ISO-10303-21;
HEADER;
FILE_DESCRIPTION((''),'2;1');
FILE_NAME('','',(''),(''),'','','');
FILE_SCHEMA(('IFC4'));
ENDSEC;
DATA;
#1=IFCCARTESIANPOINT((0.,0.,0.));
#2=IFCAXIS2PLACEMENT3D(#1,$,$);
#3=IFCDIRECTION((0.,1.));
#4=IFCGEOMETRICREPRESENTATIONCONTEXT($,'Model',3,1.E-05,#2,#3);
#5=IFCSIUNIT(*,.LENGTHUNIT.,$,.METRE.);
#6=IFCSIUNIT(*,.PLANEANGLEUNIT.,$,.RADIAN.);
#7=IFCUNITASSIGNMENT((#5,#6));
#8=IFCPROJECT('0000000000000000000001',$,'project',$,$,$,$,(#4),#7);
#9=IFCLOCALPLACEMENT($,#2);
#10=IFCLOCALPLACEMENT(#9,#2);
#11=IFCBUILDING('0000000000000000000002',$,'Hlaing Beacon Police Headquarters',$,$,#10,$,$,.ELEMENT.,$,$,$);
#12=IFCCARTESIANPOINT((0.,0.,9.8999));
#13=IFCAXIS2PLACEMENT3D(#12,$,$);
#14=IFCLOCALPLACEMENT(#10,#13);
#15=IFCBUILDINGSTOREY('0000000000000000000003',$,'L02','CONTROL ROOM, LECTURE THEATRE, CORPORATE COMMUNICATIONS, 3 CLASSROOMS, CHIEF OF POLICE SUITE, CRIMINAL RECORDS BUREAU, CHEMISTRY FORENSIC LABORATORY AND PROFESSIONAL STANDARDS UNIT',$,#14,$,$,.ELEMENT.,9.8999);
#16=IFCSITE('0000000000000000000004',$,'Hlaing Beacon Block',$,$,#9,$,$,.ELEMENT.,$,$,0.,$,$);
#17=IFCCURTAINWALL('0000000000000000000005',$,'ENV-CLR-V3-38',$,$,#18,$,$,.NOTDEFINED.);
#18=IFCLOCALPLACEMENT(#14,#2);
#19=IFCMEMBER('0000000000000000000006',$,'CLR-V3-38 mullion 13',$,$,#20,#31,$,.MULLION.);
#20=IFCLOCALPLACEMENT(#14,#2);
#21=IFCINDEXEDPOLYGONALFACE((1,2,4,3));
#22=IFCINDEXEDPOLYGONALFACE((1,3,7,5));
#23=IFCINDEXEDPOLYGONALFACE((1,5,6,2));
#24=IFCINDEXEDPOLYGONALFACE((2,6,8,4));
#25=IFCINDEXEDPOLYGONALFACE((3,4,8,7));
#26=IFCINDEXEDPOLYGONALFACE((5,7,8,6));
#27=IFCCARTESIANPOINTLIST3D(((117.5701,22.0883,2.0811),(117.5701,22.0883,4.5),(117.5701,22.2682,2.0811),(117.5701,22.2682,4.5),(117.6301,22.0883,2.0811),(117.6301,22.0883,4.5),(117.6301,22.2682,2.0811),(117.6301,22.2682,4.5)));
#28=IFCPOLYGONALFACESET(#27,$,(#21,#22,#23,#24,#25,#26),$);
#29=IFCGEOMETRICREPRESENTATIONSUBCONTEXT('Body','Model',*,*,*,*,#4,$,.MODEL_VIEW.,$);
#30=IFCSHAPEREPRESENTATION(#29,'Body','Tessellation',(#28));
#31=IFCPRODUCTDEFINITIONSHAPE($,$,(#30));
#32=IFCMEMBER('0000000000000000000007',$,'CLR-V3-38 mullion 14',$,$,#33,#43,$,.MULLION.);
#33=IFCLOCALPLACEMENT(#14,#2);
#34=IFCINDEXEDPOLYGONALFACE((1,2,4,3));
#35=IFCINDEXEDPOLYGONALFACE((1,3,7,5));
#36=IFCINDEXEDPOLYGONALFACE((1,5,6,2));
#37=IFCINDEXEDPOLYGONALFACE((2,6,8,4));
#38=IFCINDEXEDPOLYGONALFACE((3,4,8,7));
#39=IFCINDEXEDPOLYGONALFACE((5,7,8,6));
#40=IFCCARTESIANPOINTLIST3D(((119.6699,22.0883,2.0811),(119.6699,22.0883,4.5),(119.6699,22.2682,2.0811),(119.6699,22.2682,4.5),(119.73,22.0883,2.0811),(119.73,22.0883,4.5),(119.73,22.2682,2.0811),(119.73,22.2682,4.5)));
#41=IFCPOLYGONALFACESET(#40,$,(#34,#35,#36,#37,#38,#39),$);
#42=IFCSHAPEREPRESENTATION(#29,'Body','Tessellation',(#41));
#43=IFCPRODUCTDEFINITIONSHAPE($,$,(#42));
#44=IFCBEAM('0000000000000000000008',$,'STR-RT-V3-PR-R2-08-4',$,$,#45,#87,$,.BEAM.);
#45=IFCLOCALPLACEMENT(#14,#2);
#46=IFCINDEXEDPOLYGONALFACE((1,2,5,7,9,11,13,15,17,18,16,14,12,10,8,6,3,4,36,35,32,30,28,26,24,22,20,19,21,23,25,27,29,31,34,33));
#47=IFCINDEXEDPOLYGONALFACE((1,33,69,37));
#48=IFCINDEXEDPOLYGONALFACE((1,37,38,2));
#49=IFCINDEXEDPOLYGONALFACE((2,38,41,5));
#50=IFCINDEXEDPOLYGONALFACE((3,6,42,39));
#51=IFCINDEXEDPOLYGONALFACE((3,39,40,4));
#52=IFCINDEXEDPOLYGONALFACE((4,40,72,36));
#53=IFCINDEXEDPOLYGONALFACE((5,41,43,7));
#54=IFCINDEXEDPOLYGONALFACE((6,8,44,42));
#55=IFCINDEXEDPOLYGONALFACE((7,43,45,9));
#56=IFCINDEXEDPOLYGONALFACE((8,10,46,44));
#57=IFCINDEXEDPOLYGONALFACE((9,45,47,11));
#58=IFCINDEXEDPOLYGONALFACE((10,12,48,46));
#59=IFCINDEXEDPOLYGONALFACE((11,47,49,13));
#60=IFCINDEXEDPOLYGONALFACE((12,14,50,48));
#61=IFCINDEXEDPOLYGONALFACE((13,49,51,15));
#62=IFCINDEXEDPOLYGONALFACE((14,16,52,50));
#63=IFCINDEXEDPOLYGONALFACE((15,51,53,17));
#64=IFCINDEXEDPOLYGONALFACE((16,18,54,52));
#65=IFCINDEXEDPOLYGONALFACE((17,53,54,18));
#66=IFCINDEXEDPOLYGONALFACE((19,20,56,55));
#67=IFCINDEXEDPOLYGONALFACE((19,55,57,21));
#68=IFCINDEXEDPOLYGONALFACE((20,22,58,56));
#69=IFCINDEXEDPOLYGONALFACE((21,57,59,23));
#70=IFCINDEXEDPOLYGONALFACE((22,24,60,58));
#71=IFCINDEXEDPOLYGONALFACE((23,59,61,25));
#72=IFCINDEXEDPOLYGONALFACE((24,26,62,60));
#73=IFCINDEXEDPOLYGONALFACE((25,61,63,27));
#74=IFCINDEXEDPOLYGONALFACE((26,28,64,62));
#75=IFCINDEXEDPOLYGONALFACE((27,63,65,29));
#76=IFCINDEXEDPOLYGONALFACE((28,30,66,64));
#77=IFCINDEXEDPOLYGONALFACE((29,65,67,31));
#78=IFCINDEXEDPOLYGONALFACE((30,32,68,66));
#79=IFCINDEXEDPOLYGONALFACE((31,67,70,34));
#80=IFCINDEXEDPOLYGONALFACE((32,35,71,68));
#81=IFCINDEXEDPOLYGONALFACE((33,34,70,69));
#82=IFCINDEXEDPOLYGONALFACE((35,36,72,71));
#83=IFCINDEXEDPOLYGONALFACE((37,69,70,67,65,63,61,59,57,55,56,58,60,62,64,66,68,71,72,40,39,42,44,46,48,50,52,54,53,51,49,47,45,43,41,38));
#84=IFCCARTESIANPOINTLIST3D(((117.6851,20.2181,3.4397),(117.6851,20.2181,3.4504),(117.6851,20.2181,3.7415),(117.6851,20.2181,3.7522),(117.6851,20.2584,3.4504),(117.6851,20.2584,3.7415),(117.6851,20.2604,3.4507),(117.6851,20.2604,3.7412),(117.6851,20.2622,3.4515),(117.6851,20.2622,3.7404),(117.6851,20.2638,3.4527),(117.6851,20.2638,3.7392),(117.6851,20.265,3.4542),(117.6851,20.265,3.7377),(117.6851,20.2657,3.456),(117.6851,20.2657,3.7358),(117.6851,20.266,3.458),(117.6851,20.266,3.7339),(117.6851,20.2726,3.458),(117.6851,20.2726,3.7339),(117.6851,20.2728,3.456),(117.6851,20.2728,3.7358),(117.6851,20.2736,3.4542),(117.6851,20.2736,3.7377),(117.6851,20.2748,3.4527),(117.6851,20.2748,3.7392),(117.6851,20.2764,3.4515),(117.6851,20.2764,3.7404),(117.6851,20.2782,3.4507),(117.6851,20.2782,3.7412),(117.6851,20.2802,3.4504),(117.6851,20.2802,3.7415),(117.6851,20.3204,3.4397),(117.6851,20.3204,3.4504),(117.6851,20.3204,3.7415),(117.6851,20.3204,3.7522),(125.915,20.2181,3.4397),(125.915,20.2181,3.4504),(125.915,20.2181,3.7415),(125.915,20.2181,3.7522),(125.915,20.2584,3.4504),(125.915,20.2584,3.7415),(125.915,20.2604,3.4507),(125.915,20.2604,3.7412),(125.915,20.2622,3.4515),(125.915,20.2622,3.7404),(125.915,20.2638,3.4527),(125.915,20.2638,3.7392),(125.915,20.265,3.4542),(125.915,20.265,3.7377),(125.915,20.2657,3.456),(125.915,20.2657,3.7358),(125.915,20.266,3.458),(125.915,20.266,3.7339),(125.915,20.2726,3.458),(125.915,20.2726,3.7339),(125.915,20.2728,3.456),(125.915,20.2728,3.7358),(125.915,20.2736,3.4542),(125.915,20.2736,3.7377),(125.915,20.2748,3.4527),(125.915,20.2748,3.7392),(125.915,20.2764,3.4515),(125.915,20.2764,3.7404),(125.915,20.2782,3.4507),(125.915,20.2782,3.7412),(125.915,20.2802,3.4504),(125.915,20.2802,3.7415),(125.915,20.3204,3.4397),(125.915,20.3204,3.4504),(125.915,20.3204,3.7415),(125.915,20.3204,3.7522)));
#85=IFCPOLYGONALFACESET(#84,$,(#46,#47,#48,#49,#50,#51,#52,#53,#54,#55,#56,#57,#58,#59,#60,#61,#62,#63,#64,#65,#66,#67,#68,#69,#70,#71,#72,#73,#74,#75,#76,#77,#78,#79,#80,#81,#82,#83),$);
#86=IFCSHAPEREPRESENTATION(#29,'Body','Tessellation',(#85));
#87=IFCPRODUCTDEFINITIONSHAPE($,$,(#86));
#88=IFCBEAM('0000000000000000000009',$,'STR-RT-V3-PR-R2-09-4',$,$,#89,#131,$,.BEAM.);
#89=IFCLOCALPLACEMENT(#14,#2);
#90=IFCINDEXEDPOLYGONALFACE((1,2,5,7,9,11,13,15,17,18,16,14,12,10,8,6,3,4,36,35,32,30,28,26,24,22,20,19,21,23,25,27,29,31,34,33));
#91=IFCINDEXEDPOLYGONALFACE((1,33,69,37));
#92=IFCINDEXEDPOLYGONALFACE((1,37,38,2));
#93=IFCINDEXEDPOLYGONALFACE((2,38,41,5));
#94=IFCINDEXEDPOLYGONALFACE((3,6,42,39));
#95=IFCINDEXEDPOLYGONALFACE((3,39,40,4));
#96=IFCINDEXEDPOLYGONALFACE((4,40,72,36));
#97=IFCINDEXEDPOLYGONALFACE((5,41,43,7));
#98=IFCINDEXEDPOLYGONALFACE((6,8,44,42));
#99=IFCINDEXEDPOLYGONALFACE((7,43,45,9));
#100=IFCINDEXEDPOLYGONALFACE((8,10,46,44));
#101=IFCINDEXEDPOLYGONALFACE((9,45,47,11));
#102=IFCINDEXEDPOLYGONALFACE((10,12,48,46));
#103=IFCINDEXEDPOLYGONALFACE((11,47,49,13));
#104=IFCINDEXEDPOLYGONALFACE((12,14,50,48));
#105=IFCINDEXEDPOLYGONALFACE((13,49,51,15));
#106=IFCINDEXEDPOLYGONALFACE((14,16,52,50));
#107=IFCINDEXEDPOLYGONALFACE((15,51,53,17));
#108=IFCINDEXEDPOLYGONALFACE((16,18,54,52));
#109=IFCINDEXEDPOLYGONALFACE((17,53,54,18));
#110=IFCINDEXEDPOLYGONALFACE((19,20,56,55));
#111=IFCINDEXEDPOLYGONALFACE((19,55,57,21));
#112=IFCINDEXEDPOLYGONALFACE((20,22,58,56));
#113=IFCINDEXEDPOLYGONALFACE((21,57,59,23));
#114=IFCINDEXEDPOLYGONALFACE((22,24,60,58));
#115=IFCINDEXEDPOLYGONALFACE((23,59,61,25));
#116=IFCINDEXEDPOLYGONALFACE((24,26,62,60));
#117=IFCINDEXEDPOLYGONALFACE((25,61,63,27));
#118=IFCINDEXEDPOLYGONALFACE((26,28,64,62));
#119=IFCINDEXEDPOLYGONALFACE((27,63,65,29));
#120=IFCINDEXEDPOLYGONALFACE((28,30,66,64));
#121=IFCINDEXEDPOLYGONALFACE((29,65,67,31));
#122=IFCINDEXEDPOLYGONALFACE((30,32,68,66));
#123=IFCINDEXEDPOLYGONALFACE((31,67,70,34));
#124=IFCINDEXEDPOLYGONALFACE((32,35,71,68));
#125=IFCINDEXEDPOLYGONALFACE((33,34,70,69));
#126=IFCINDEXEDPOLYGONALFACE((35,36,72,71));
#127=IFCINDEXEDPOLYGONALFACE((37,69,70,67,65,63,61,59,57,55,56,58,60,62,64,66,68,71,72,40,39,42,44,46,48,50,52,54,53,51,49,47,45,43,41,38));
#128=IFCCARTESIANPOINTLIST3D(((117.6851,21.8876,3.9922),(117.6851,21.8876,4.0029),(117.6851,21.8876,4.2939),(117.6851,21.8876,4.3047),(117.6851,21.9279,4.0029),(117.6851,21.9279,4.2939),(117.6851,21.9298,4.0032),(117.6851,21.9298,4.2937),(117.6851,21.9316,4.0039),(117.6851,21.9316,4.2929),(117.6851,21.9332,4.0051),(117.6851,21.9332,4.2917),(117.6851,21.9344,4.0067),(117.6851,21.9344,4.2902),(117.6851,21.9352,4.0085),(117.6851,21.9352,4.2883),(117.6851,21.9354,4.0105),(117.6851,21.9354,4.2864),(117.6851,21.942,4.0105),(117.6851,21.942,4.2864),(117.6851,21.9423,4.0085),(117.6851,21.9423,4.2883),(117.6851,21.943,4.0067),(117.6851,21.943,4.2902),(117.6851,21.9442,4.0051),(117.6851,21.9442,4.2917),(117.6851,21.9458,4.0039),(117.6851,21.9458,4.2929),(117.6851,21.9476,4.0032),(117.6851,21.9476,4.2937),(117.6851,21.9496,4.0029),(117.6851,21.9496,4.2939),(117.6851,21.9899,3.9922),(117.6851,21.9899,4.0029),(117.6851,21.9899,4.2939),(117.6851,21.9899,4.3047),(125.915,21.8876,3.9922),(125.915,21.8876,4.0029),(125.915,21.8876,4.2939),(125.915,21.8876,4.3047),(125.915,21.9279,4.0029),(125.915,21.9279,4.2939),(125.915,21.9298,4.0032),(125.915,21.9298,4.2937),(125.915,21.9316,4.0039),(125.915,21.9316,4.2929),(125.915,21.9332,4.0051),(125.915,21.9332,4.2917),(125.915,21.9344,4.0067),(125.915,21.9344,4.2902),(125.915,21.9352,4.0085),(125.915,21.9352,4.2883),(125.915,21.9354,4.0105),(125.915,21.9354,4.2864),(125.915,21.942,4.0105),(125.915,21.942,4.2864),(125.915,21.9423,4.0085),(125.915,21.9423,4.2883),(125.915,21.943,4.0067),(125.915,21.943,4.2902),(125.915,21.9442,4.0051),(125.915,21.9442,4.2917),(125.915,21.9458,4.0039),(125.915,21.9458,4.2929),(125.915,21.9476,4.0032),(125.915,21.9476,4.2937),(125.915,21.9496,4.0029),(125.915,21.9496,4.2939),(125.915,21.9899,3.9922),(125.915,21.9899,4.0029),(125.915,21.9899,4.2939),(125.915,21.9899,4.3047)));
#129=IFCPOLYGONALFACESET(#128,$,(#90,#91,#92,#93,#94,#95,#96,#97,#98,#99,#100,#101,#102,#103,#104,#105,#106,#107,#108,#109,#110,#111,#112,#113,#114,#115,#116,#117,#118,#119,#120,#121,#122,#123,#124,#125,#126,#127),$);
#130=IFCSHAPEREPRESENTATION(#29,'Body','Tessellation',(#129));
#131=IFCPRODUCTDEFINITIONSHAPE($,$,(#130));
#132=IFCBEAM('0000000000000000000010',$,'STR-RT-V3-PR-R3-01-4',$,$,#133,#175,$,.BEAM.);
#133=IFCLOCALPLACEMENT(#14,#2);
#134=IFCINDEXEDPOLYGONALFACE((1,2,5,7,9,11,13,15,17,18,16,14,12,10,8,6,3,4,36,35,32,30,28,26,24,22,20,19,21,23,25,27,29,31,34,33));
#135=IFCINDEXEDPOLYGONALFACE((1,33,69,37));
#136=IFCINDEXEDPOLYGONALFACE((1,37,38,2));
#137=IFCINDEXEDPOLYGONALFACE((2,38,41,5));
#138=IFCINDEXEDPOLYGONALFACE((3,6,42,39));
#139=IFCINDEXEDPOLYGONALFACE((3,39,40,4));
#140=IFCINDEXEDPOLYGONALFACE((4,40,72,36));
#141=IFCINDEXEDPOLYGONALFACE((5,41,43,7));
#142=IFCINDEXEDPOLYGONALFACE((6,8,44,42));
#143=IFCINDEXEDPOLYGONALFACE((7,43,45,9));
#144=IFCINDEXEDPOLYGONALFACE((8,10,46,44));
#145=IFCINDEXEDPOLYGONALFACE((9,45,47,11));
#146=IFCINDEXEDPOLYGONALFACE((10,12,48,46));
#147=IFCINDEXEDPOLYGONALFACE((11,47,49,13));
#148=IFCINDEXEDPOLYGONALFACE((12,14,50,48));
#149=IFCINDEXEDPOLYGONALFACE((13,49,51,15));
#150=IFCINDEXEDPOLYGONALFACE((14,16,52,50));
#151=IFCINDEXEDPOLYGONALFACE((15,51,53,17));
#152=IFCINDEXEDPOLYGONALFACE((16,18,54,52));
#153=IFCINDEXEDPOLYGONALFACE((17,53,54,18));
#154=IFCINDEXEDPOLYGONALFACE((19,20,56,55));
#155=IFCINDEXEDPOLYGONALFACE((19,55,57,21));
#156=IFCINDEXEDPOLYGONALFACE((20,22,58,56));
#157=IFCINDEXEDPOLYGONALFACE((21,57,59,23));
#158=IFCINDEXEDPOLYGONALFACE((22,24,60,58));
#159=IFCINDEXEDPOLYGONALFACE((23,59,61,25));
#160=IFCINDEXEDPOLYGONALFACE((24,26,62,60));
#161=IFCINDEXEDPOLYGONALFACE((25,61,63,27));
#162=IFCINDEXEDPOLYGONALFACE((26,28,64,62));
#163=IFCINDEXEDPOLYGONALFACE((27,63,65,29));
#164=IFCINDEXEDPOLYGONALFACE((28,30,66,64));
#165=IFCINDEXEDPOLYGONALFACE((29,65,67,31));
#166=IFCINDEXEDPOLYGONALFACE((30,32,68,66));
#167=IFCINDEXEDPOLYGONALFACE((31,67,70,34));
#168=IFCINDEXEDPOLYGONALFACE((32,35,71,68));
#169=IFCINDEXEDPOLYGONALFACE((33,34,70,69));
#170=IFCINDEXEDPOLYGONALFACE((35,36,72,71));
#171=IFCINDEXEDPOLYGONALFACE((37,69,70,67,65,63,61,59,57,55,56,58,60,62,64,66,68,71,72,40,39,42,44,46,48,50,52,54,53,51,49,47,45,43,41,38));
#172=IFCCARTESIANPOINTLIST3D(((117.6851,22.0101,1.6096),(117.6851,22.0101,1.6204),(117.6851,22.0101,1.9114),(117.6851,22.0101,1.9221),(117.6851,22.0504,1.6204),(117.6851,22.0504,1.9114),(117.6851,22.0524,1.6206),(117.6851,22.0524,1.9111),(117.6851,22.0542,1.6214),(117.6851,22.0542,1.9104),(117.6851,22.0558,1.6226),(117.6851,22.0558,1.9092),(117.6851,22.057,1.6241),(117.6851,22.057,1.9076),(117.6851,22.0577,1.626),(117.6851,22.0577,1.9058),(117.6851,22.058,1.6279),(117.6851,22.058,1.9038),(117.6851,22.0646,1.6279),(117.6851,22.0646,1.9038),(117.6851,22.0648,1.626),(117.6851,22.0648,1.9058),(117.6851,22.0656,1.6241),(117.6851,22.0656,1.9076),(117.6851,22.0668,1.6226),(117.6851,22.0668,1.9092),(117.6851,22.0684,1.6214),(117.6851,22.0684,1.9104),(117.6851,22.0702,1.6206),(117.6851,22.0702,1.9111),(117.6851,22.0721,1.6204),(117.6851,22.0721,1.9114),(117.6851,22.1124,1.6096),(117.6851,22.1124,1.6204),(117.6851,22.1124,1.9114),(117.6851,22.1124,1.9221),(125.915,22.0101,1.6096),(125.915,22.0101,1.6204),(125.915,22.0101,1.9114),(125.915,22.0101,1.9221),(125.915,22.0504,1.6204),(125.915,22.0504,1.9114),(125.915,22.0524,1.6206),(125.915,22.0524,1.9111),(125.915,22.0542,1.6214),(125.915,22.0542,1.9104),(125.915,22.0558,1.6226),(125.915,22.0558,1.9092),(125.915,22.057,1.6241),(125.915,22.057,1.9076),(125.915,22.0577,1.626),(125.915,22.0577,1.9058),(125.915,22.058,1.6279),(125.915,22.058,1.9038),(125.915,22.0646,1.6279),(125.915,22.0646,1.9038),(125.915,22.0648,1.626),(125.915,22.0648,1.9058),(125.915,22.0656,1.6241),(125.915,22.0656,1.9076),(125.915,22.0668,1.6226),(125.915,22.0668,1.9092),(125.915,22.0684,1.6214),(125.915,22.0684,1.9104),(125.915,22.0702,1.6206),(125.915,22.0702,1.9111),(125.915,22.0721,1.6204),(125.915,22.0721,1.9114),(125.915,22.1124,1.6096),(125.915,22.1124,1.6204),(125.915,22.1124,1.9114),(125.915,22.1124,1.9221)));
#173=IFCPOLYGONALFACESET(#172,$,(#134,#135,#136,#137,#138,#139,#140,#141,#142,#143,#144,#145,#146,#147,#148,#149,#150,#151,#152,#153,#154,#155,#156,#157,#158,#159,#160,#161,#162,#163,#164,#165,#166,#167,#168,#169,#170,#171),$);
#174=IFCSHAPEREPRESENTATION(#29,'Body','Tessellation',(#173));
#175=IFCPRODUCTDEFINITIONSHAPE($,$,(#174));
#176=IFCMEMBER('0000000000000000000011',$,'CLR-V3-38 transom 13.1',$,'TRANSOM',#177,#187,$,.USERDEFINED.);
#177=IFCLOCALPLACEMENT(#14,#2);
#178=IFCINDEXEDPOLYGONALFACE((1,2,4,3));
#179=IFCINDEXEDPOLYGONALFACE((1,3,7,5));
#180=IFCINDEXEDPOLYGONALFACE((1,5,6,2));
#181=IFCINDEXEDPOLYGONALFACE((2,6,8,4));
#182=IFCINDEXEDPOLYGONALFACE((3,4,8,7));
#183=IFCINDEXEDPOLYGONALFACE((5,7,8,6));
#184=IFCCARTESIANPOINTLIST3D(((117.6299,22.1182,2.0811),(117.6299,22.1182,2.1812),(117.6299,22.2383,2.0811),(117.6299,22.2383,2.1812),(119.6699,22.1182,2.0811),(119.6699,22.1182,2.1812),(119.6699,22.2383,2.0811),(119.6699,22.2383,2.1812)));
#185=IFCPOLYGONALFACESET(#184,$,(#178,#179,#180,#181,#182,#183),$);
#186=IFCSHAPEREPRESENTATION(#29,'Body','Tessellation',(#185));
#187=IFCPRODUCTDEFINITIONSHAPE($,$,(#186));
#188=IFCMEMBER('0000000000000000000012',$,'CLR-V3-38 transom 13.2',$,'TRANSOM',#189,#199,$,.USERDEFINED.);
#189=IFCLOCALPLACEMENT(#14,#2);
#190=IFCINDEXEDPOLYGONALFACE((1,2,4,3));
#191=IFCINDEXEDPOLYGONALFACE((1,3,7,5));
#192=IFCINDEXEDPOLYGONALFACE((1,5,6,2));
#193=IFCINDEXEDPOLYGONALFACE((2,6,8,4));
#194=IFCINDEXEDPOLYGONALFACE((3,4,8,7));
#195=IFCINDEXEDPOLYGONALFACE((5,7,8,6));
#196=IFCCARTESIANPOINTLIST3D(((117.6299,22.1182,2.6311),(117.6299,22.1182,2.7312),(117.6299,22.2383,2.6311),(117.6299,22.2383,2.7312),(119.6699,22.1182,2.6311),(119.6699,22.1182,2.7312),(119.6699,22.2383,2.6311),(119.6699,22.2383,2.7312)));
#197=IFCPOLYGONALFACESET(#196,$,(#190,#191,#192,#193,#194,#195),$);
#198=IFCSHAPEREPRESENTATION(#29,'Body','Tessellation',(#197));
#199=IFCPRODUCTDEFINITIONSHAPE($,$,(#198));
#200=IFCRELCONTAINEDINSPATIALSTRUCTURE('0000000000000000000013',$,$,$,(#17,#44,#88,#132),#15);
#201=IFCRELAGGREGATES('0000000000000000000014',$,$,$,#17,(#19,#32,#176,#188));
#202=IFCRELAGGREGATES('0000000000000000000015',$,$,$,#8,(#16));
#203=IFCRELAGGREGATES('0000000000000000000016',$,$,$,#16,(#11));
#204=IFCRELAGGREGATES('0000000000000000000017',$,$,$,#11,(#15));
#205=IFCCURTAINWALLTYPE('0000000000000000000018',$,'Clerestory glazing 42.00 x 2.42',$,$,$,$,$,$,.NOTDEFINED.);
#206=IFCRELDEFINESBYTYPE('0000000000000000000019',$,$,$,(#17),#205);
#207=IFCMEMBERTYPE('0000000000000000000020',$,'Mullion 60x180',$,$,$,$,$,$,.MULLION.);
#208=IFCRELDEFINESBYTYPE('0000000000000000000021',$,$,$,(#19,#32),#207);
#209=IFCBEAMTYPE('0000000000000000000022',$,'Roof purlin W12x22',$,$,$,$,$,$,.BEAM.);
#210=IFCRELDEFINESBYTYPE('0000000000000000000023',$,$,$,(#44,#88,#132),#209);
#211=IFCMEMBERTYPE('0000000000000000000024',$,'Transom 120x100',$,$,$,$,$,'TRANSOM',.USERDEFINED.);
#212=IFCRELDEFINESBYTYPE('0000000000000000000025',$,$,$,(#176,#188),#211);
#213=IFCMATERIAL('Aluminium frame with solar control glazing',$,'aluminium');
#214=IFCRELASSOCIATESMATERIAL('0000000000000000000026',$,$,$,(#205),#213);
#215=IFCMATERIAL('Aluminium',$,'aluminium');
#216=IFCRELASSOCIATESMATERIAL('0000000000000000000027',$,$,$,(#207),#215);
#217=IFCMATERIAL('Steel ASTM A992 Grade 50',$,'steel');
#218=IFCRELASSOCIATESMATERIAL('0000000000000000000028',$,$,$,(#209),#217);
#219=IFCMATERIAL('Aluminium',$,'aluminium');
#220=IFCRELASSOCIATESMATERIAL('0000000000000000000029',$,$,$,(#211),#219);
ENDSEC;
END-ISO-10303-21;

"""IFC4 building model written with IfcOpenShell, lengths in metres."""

from ifc_helpers import new_model, si_unit, direction, frame, origin, origin_2d, place, context, subcontext, project, spatial, rectangle, i_section, extrude, material, material_profile, profile_set, type_object, element, aggregate, save


model = new_model("IFC4")

# Units and contexts
model_context = context("Model", 3, precision=1e-05, world=origin(), true_north=direction((0.0, 1.0)))
body_context = subcontext(model_context, "Body", "Model", "MODEL_VIEW")
ifc_project = project(units=[si_unit("LENGTHUNIT", "METRE"), si_unit("PLANEANGLEUNIT", "RADIAN")], contexts=[model_context])

# Site, building, storey
site_placement = place(None, origin())
site = spatial("IfcSite", under=ifc_project, at=site_placement, Name="Hlaing Beacon Block", CompositionType="ELEMENT", RefElevation=0.0)
building_placement = place(site_placement, origin())
building = spatial("IfcBuilding", under=site, at=building_placement, Name="Hlaing Beacon Police Headquarters", CompositionType="ELEMENT")
storey_placement = place(building_placement, frame((0.0, 0.0, 9.8999)))
storey = spatial("IfcBuildingStorey", under=building, at=storey_placement, Name="L02", Description="CONTROL ROOM, LECTURE THEATRE, CORPORATE COMMUNICATIONS, 3 CLASSROOMS, CHIEF OF POLICE SUITE, CRIMINAL RECORDS BUREAU, CHEMISTRY FORENSIC LABORATORY AND PROFESSIONAL STANDARDS UNIT", CompositionType="ELEMENT", Elevation=9.8999)

# Curtain wall, members
ifc_material_1 = material(Name="Aluminium frame with solar control glazing", Category="aluminium")
curtain_wall_type = type_object("IfcCurtainWallType", Name="Clerestory glazing 42.00 x 2.42", PredefinedType="NOTDEFINED", material=ifc_material_1)
curtain_wall_placement = place(storey_placement, origin())
curtain_wall = element("IfcCurtainWall", 1, at=curtain_wall_placement, inside=storey, type_object=curtain_wall_type, Name="ENV-CLR-V3-38", PredefinedType="NOTDEFINED")
ifc_material_2 = material(Name="Aluminium", Category="aluminium")
ifc_material_profile_1 = material_profile(ifc_material_2, rectangle(XDim=0.1799, YDim=0.0601, at=origin_2d()), Name="Mullion 60x180")
ifc_profile_set_1 = profile_set([ifc_material_profile_1], Name="Aluminium")
member_type_1 = type_object("IfcMemberType", Name="Mullion 60x180", PredefinedType="MULLION", material=ifc_profile_set_1)
member_1_placement = place(storey_placement, frame((117.6001, 22.1782, 2.0811), z_axis=(0.0, 0.0, 1.0), x_axis=(0.0, 1.0, 0.0)))
member_1 = element("IfcMember", 2, at=member_1_placement, type_object=member_type_1, Name="CLR-V3-38 mullion 13", PredefinedType="MULLION", context=body_context, shape_type="SweptSolid", body=[
    extrude(rectangle(XDim=0.1799, YDim=0.0601, at=origin_2d()), origin(), (0.0, 0.0, 1.0), 2.4189),
])
member_2_placement = place(storey_placement, frame((119.7, 22.1782, 2.0811), z_axis=(0.0, 0.0, 1.0), x_axis=(0.0, 1.0, 0.0)))
member_2 = element("IfcMember", 3, at=member_2_placement, type_object=member_type_1, Name="CLR-V3-38 mullion 14", PredefinedType="MULLION", context=body_context, shape_type="SweptSolid", body=[
    extrude(rectangle(XDim=0.1799, YDim=0.0601, at=origin_2d()), origin(), (0.0, 0.0, 1.0), 2.4189),
])

# Beams
ifc_material_3 = material(Name="Steel ASTM A992 Grade 50", Category="steel")
ifc_material_profile_2 = material_profile(ifc_material_3, i_section(OverallWidth=0.1023, OverallDepth=0.3125, WebThickness=0.0066, FlangeThickness=0.0107, FilletRadius=0.0076, at=origin_2d()), Name="W12x22")
ifc_profile_set_2 = profile_set([ifc_material_profile_2], Name="Steel ASTM A992 Grade 50")
beam_type_1 = type_object("IfcBeamType", Name="Roof purlin W12x22", PredefinedType="BEAM", material=ifc_profile_set_2)
for number, where, z_axis, x_axis, name in (
    (4, (117.6851, 20.2693, 3.5959), (1.0, 0.0, 0.0), (0.0, 1.0, 0.0), "STR-RT-V3-PR-R2-08-4"),
    (5, (117.6851, 21.9387, 4.1484), (1.0, 0.0, 0.0), (0.0, 1.0, 0.0), "STR-RT-V3-PR-R2-09-4"),
    (6, (117.6851, 22.0613, 1.7659), (1.0, 0.0, 0.0), (0.0, 1.0, 0.0), "STR-RT-V3-PR-R3-01-4"),
):
    element("IfcBeam", number, at=place(storey_placement, frame(where, z_axis=z_axis, x_axis=x_axis)), inside=storey, type_object=beam_type_1, Name=name, PredefinedType="BEAM", context=body_context, shape_type="SweptSolid", body=[
        extrude(i_section(OverallWidth=0.1023, OverallDepth=0.3125, WebThickness=0.0066, FlangeThickness=0.0107, FilletRadius=0.0076, at=origin_2d()), origin(), (0.0, 0.0, 1.0), 8.23),
    ])

# Members
ifc_material_4 = material(Name="Aluminium", Category="aluminium")
ifc_material_profile_3 = material_profile(ifc_material_4, rectangle(XDim=0.1201, YDim=0.1001, at=origin_2d()), Name="Transom 120x100")
ifc_profile_set_3 = profile_set([ifc_material_profile_3], Name="Aluminium")
member_type_2 = type_object("IfcMemberType", Name="Transom 120x100", ElementType="TRANSOM", PredefinedType="USERDEFINED", material=ifc_profile_set_3)
member_3_placement = place(storey_placement, frame((117.6299, 22.1782, 2.1311), z_axis=(1.0, 0.0, 0.0), x_axis=(0.0, 1.0, 0.0)))
member_3 = element("IfcMember", 7, at=member_3_placement, type_object=member_type_2, Name="CLR-V3-38 transom 13.1", ObjectType="TRANSOM", PredefinedType="USERDEFINED", context=body_context, shape_type="SweptSolid", body=[
    extrude(rectangle(XDim=0.1201, YDim=0.1001, at=origin_2d()), origin(), (0.0, 0.0, 1.0), 2.04),
])
member_4_placement = place(storey_placement, frame((117.6299, 22.1782, 2.6812), z_axis=(1.0, 0.0, 0.0), x_axis=(0.0, 1.0, 0.0)))
member_4 = element("IfcMember", 8, at=member_4_placement, type_object=member_type_2, Name="CLR-V3-38 transom 13.2", ObjectType="TRANSOM", PredefinedType="USERDEFINED", context=body_context, shape_type="SweptSolid", body=[
    extrude(rectangle(XDim=0.1201, YDim=0.1001, at=origin_2d()), origin(), (0.0, 0.0, 1.0), 2.04),
])

aggregate(curtain_wall, [member_1, member_2, member_3, member_4])

save(model, "model.ifc")
